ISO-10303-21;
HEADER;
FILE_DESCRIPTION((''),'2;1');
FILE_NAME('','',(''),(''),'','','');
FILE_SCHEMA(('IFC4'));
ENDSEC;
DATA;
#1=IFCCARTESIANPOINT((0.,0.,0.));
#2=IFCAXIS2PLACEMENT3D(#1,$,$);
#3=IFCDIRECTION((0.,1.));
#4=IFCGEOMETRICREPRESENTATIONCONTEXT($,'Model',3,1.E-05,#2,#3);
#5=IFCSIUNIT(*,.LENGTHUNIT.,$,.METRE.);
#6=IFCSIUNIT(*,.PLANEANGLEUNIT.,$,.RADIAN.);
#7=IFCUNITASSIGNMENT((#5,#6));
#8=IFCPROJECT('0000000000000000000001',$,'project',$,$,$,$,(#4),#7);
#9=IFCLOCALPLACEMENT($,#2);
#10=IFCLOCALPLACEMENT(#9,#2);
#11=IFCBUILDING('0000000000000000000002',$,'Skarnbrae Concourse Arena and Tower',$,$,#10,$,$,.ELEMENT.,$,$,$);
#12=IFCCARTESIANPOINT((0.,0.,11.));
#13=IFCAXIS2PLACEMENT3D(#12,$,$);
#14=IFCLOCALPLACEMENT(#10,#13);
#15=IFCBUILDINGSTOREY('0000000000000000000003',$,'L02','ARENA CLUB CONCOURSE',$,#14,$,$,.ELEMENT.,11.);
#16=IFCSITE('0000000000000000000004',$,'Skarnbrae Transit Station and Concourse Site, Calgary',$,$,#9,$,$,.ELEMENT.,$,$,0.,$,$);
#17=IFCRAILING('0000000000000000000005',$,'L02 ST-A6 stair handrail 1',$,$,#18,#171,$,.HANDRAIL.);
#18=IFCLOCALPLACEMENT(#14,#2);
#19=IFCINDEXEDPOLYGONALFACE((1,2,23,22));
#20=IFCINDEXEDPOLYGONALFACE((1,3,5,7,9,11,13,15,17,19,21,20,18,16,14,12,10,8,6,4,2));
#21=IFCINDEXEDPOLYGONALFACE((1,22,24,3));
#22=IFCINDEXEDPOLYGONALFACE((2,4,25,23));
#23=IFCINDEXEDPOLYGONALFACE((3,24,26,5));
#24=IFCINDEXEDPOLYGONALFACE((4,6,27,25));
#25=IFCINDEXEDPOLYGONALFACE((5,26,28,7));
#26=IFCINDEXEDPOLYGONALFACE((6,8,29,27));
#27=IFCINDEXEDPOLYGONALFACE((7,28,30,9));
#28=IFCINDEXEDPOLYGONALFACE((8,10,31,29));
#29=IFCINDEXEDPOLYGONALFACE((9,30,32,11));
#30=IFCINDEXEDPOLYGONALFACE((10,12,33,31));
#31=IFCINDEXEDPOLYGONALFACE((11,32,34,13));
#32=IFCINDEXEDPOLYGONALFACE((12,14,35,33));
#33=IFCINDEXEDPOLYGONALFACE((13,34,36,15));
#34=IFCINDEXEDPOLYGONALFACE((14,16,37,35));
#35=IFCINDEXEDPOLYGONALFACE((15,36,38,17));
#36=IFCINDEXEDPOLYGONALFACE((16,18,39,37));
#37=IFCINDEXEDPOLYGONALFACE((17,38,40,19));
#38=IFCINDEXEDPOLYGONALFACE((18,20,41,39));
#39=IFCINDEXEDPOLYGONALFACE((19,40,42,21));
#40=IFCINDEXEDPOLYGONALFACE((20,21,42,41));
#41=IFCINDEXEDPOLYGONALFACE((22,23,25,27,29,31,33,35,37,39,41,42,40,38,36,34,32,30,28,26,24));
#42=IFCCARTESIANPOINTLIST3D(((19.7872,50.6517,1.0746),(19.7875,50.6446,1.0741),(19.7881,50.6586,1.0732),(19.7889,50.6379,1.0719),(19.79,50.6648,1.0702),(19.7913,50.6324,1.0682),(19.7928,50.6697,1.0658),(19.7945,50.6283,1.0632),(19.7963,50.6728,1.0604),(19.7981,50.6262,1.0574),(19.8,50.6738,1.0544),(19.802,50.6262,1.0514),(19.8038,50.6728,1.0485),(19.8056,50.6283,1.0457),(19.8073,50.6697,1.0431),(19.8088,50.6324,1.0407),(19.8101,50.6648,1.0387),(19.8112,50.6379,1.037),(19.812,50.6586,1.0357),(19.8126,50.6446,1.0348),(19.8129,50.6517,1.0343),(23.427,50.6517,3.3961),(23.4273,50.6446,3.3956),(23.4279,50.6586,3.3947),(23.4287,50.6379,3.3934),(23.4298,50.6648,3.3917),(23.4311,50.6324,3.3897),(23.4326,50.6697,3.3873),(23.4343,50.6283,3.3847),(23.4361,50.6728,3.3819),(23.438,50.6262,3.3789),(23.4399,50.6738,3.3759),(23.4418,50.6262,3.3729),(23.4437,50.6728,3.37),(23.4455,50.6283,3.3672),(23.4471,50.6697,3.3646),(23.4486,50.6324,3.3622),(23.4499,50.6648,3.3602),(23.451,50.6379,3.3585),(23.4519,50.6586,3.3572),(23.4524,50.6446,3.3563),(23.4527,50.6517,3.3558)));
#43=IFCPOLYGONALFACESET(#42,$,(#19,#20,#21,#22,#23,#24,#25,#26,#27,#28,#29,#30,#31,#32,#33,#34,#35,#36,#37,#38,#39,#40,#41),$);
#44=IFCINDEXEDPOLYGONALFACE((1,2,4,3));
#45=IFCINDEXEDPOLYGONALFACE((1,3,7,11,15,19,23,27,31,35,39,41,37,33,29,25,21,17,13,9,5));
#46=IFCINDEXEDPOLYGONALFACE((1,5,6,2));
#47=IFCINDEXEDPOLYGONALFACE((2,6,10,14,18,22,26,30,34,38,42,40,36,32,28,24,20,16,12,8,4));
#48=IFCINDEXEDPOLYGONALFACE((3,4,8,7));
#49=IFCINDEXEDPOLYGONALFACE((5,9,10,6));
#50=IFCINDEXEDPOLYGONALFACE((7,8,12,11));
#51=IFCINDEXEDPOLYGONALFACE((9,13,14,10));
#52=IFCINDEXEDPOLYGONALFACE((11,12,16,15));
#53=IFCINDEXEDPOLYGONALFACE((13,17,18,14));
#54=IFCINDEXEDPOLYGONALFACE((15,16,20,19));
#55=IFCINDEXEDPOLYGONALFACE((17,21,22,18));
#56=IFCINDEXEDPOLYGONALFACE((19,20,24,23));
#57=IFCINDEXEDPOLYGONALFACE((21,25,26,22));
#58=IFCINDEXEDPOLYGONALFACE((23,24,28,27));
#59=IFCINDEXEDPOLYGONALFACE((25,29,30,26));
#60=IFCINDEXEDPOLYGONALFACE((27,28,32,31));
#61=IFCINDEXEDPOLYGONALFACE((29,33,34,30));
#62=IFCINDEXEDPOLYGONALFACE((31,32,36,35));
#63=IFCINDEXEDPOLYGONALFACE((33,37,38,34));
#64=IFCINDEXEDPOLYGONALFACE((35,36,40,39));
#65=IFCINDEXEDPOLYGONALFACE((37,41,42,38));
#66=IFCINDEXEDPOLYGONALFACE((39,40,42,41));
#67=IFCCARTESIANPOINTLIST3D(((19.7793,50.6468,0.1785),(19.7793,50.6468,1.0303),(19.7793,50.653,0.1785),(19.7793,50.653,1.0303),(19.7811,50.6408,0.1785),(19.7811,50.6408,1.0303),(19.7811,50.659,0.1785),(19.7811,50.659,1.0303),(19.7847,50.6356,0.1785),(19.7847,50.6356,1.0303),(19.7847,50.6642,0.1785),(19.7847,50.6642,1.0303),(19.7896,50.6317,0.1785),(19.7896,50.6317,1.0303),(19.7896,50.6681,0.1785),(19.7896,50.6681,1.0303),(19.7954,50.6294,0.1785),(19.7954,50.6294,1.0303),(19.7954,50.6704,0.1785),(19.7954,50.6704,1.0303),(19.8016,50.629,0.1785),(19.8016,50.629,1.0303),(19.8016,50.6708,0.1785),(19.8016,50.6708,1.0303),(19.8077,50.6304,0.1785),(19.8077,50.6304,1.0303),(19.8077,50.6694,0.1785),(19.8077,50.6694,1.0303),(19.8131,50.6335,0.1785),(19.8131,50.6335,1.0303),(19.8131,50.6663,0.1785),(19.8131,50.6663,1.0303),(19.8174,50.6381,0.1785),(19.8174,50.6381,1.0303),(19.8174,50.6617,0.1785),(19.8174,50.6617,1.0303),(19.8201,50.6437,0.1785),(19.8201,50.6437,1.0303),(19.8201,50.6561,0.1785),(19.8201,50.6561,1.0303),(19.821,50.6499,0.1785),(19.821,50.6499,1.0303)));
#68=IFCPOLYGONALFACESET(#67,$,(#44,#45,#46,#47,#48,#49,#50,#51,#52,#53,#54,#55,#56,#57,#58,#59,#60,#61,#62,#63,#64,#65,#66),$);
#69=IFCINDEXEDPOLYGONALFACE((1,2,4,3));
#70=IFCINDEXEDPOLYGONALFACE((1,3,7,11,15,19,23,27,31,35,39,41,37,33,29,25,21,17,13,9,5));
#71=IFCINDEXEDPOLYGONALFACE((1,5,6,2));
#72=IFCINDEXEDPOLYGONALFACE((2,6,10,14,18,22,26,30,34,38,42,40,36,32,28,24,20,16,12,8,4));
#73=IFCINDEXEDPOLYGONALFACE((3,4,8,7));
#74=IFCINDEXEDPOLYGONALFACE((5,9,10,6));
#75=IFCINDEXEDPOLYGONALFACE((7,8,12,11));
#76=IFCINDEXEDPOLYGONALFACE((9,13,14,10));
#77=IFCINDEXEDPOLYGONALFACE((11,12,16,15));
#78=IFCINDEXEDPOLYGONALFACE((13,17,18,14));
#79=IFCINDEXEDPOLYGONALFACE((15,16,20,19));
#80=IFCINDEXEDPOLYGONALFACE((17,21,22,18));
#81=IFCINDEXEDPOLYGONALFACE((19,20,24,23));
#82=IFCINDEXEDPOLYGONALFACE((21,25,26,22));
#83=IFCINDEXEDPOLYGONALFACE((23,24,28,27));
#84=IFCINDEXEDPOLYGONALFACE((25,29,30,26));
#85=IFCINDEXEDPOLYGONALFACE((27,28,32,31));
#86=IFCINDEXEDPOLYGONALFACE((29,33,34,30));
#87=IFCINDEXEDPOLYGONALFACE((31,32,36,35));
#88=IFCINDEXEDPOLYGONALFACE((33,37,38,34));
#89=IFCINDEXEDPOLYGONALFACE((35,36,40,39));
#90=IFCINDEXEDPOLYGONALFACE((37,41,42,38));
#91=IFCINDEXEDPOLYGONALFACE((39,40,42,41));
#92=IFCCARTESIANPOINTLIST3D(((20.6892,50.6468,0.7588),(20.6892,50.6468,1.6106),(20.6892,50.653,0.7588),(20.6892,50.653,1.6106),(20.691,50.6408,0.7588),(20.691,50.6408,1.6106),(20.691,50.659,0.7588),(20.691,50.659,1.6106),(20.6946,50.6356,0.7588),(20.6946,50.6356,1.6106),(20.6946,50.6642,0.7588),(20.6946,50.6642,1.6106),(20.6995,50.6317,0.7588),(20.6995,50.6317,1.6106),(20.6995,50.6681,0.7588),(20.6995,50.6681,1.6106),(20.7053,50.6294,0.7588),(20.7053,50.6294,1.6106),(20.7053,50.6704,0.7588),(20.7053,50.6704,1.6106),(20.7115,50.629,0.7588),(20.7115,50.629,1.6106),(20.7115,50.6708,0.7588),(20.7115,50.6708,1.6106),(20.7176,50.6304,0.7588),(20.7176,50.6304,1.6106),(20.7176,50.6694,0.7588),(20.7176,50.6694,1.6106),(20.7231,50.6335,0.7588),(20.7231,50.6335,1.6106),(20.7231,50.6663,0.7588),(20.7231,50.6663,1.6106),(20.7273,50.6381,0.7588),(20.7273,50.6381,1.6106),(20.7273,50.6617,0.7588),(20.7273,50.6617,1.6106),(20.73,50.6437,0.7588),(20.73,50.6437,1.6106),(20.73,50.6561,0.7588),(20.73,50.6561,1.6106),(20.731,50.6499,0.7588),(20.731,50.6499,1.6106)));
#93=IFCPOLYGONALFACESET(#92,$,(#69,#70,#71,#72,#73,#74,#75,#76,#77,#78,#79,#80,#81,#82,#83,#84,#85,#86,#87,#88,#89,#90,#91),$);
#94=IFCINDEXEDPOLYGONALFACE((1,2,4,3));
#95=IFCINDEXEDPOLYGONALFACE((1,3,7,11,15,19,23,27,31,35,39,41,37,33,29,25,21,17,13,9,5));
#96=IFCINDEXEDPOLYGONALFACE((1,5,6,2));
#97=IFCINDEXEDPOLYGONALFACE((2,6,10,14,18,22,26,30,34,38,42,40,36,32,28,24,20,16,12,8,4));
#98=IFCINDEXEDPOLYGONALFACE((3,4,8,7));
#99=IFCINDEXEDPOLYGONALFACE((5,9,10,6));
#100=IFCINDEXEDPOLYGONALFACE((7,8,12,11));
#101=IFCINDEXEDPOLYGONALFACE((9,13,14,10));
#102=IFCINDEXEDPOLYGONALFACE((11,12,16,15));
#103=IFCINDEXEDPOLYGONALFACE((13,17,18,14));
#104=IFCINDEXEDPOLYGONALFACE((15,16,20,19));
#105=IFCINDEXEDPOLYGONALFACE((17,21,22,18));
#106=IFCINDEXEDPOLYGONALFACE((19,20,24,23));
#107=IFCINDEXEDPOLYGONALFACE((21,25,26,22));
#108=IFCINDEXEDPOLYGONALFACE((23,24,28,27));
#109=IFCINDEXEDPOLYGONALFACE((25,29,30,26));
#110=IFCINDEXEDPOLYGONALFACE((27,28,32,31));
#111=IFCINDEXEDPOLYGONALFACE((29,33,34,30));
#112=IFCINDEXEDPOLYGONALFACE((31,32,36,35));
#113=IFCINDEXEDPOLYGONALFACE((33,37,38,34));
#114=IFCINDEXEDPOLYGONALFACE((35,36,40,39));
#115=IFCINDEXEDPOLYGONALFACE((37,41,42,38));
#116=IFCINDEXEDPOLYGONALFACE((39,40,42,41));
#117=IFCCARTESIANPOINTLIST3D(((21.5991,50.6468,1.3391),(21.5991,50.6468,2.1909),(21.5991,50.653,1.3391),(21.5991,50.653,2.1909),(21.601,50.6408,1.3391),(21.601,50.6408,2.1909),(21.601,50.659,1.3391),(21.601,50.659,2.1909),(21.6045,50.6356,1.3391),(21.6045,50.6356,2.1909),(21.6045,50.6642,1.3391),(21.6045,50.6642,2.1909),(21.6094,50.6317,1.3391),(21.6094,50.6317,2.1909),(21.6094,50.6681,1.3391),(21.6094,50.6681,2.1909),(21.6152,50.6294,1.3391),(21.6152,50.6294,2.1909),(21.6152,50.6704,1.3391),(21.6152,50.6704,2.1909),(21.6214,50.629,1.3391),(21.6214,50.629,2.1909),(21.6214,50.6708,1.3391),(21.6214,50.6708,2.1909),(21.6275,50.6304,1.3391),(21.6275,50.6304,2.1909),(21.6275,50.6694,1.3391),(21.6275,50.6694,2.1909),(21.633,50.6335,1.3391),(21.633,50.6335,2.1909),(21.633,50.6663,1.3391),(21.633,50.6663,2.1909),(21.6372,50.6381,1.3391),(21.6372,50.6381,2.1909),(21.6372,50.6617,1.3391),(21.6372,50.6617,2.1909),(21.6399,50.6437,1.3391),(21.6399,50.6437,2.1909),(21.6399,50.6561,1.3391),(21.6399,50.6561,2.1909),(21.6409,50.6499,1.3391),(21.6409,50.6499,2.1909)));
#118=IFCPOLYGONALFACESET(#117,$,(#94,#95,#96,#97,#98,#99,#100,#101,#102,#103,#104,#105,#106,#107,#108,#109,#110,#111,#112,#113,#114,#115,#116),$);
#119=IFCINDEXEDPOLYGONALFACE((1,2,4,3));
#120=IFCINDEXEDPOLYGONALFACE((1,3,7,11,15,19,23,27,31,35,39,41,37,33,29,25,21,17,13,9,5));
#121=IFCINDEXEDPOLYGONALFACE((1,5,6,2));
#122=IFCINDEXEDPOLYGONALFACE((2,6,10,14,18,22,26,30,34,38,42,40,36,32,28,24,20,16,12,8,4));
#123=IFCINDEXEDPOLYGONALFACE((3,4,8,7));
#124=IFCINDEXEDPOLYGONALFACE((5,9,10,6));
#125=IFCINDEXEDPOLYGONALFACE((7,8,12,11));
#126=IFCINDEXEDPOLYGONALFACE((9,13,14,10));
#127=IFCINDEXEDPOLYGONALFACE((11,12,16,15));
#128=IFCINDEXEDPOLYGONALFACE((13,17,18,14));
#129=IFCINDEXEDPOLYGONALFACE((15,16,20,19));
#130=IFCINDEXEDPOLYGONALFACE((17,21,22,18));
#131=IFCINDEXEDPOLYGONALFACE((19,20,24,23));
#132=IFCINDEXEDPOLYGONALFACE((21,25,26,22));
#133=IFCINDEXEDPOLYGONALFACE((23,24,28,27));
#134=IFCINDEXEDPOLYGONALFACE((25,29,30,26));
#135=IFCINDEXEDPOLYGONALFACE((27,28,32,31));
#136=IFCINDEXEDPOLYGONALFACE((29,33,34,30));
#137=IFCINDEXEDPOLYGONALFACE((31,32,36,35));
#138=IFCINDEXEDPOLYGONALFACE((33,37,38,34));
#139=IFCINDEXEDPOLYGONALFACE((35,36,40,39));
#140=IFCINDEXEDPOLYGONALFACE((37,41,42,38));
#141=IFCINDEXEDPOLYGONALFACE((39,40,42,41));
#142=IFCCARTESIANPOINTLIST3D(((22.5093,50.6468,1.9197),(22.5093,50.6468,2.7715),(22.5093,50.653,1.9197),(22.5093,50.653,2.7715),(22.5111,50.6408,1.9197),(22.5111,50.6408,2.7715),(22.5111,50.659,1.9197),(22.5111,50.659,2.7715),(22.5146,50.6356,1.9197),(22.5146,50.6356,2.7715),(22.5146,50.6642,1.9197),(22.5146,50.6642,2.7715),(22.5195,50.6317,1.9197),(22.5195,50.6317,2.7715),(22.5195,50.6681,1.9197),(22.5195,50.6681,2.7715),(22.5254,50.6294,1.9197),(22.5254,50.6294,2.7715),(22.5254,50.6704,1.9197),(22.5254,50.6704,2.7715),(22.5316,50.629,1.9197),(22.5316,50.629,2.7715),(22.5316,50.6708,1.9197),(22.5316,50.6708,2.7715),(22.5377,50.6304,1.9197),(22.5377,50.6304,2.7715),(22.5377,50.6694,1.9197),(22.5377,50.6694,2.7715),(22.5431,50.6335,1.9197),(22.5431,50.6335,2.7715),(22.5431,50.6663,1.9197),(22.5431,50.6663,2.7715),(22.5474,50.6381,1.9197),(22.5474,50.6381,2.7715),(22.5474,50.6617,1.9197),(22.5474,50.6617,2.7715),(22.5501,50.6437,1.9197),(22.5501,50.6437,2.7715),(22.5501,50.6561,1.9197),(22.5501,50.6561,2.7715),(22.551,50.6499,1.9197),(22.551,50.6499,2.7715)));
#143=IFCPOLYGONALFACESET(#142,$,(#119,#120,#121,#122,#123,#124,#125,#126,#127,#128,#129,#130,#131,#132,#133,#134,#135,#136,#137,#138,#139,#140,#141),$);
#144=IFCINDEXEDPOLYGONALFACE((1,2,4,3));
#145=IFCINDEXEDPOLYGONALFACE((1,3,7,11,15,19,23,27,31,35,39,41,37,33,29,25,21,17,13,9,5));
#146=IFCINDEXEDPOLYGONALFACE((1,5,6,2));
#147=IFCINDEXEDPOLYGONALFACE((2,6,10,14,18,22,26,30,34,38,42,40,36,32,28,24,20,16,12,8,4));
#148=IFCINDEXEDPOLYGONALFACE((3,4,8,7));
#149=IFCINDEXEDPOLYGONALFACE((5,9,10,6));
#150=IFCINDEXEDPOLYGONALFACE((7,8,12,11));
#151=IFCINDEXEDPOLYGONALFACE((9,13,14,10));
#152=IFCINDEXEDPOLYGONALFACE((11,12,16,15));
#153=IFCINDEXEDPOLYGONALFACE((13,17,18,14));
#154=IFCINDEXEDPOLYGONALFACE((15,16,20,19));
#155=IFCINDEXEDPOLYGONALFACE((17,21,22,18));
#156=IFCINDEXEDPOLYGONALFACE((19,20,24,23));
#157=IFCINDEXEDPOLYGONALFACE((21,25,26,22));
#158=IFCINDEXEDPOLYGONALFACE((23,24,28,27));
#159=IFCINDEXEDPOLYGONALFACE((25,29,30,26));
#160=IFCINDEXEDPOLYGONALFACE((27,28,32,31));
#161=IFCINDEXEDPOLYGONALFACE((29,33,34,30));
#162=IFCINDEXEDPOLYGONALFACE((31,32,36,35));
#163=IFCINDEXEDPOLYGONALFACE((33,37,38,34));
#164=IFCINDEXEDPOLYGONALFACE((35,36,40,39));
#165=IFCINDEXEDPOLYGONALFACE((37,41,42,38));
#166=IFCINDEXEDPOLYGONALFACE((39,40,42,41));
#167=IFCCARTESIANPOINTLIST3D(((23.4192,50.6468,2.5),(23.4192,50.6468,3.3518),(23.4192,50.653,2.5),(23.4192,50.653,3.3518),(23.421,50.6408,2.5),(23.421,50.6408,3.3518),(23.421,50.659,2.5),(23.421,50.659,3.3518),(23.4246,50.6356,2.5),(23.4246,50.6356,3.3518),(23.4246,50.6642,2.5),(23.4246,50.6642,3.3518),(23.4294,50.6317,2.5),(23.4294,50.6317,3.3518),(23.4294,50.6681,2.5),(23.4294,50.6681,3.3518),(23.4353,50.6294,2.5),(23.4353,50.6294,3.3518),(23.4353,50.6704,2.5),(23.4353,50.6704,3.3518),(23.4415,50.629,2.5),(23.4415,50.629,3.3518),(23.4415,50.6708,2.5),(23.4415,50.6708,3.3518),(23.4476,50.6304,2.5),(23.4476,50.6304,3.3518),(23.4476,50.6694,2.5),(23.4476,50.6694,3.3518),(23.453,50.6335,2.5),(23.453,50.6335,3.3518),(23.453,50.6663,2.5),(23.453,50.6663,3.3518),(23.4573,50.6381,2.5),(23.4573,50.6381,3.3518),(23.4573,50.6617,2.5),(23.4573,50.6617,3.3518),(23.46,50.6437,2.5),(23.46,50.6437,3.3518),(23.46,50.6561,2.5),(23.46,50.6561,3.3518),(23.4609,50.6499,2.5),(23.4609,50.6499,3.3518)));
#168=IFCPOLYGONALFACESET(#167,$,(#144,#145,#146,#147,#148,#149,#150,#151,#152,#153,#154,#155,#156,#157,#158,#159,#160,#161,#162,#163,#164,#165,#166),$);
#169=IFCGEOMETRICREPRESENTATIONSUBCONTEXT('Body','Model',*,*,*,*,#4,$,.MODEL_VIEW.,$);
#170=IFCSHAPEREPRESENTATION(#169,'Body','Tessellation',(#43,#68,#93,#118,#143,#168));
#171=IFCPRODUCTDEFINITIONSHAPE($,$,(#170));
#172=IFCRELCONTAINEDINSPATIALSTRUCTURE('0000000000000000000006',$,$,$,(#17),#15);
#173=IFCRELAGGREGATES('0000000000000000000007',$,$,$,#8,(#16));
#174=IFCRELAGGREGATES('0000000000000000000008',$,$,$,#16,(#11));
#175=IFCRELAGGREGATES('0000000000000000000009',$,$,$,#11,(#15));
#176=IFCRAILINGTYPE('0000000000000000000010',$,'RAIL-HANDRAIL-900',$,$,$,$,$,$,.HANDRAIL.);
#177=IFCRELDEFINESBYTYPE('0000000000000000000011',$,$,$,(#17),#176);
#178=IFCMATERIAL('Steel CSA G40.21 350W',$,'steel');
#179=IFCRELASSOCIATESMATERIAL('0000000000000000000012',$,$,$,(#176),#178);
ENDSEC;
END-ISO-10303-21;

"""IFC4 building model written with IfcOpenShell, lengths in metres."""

from ifc_helpers import new_model, si_unit, direction, frame, origin, origin_2d, place, context, subcontext, project, spatial, circle, extrude, material, type_object, element, save


model = new_model("IFC4")

# Units and contexts
model_context = context("Model", 3, precision=1e-05, world=origin(), true_north=direction((0.0, 1.0)))
body_context = subcontext(model_context, "Body", "Model", "MODEL_VIEW")
ifc_project = project(units=[si_unit("LENGTHUNIT", "METRE"), si_unit("PLANEANGLEUNIT", "RADIAN")], contexts=[model_context])

# Site, building, storey
site_placement = place(None, origin())
site = spatial("IfcSite", under=ifc_project, at=site_placement, Name="Skarnbrae Transit Station and Concourse Site, Calgary", CompositionType="ELEMENT", RefElevation=0.0)
building_placement = place(site_placement, origin())
building = spatial("IfcBuilding", under=site, at=building_placement, Name="Skarnbrae Concourse Arena and Tower", CompositionType="ELEMENT")
storey_placement = place(building_placement, frame((0.0, 0.0, 11.0)))
storey = spatial("IfcBuildingStorey", under=building, at=storey_placement, Name="L02", Description="ARENA CLUB CONCOURSE", CompositionType="ELEMENT", Elevation=11.0)

# Shared definitions
ifc_material_1 = material(Name="Steel CSA G40.21 350W", Category="steel")

# Railing
railing_type_1 = type_object("IfcRailingType", Name="RAIL-HANDRAIL-900", PredefinedType="HANDRAIL", material=ifc_material_1)
railing_1_placement = place(storey_placement, frame((19.8, 50.6499, 0.1785)))
element("IfcRailing", 1, at=railing_1_placement, inside=storey, type_object=railing_type_1, Name="L02 ST-A6 stair handrail 1", PredefinedType="HANDRAIL", context=body_context, shape_type="SweptSolid", body=[
    extrude(circle(Radius=0.0239, at=origin_2d()), frame((0.0, 0.0, 0.876), z_axis=(0.843112, 0.0, 0.537739), x_axis=(0.0, 1.0, 0.0)), (0.0, 0.0, 1.0), 4.3171),
    extrude(circle(Radius=0.021, at=origin_2d()), origin(), (0.0, 0.0, 1.0), 0.8518),
    extrude(circle(Radius=0.021, at=origin_2d()), frame((0.9099, 0.0, 0.5803)), (0.0, 0.0, 1.0), 0.8518),
    extrude(circle(Radius=0.021, at=origin_2d()), frame((1.8198, 0.0, 1.1606)), (0.0, 0.0, 1.0), 0.8518),
    extrude(circle(Radius=0.021, at=origin_2d()), frame((2.73, 0.0, 1.7412)), (0.0, 0.0, 1.0), 0.8518),
    extrude(circle(Radius=0.021, at=origin_2d()), frame((3.6399, 0.0, 2.3215)), (0.0, 0.0, 1.0), 0.8518),
])

save(model, "model.ifc")
